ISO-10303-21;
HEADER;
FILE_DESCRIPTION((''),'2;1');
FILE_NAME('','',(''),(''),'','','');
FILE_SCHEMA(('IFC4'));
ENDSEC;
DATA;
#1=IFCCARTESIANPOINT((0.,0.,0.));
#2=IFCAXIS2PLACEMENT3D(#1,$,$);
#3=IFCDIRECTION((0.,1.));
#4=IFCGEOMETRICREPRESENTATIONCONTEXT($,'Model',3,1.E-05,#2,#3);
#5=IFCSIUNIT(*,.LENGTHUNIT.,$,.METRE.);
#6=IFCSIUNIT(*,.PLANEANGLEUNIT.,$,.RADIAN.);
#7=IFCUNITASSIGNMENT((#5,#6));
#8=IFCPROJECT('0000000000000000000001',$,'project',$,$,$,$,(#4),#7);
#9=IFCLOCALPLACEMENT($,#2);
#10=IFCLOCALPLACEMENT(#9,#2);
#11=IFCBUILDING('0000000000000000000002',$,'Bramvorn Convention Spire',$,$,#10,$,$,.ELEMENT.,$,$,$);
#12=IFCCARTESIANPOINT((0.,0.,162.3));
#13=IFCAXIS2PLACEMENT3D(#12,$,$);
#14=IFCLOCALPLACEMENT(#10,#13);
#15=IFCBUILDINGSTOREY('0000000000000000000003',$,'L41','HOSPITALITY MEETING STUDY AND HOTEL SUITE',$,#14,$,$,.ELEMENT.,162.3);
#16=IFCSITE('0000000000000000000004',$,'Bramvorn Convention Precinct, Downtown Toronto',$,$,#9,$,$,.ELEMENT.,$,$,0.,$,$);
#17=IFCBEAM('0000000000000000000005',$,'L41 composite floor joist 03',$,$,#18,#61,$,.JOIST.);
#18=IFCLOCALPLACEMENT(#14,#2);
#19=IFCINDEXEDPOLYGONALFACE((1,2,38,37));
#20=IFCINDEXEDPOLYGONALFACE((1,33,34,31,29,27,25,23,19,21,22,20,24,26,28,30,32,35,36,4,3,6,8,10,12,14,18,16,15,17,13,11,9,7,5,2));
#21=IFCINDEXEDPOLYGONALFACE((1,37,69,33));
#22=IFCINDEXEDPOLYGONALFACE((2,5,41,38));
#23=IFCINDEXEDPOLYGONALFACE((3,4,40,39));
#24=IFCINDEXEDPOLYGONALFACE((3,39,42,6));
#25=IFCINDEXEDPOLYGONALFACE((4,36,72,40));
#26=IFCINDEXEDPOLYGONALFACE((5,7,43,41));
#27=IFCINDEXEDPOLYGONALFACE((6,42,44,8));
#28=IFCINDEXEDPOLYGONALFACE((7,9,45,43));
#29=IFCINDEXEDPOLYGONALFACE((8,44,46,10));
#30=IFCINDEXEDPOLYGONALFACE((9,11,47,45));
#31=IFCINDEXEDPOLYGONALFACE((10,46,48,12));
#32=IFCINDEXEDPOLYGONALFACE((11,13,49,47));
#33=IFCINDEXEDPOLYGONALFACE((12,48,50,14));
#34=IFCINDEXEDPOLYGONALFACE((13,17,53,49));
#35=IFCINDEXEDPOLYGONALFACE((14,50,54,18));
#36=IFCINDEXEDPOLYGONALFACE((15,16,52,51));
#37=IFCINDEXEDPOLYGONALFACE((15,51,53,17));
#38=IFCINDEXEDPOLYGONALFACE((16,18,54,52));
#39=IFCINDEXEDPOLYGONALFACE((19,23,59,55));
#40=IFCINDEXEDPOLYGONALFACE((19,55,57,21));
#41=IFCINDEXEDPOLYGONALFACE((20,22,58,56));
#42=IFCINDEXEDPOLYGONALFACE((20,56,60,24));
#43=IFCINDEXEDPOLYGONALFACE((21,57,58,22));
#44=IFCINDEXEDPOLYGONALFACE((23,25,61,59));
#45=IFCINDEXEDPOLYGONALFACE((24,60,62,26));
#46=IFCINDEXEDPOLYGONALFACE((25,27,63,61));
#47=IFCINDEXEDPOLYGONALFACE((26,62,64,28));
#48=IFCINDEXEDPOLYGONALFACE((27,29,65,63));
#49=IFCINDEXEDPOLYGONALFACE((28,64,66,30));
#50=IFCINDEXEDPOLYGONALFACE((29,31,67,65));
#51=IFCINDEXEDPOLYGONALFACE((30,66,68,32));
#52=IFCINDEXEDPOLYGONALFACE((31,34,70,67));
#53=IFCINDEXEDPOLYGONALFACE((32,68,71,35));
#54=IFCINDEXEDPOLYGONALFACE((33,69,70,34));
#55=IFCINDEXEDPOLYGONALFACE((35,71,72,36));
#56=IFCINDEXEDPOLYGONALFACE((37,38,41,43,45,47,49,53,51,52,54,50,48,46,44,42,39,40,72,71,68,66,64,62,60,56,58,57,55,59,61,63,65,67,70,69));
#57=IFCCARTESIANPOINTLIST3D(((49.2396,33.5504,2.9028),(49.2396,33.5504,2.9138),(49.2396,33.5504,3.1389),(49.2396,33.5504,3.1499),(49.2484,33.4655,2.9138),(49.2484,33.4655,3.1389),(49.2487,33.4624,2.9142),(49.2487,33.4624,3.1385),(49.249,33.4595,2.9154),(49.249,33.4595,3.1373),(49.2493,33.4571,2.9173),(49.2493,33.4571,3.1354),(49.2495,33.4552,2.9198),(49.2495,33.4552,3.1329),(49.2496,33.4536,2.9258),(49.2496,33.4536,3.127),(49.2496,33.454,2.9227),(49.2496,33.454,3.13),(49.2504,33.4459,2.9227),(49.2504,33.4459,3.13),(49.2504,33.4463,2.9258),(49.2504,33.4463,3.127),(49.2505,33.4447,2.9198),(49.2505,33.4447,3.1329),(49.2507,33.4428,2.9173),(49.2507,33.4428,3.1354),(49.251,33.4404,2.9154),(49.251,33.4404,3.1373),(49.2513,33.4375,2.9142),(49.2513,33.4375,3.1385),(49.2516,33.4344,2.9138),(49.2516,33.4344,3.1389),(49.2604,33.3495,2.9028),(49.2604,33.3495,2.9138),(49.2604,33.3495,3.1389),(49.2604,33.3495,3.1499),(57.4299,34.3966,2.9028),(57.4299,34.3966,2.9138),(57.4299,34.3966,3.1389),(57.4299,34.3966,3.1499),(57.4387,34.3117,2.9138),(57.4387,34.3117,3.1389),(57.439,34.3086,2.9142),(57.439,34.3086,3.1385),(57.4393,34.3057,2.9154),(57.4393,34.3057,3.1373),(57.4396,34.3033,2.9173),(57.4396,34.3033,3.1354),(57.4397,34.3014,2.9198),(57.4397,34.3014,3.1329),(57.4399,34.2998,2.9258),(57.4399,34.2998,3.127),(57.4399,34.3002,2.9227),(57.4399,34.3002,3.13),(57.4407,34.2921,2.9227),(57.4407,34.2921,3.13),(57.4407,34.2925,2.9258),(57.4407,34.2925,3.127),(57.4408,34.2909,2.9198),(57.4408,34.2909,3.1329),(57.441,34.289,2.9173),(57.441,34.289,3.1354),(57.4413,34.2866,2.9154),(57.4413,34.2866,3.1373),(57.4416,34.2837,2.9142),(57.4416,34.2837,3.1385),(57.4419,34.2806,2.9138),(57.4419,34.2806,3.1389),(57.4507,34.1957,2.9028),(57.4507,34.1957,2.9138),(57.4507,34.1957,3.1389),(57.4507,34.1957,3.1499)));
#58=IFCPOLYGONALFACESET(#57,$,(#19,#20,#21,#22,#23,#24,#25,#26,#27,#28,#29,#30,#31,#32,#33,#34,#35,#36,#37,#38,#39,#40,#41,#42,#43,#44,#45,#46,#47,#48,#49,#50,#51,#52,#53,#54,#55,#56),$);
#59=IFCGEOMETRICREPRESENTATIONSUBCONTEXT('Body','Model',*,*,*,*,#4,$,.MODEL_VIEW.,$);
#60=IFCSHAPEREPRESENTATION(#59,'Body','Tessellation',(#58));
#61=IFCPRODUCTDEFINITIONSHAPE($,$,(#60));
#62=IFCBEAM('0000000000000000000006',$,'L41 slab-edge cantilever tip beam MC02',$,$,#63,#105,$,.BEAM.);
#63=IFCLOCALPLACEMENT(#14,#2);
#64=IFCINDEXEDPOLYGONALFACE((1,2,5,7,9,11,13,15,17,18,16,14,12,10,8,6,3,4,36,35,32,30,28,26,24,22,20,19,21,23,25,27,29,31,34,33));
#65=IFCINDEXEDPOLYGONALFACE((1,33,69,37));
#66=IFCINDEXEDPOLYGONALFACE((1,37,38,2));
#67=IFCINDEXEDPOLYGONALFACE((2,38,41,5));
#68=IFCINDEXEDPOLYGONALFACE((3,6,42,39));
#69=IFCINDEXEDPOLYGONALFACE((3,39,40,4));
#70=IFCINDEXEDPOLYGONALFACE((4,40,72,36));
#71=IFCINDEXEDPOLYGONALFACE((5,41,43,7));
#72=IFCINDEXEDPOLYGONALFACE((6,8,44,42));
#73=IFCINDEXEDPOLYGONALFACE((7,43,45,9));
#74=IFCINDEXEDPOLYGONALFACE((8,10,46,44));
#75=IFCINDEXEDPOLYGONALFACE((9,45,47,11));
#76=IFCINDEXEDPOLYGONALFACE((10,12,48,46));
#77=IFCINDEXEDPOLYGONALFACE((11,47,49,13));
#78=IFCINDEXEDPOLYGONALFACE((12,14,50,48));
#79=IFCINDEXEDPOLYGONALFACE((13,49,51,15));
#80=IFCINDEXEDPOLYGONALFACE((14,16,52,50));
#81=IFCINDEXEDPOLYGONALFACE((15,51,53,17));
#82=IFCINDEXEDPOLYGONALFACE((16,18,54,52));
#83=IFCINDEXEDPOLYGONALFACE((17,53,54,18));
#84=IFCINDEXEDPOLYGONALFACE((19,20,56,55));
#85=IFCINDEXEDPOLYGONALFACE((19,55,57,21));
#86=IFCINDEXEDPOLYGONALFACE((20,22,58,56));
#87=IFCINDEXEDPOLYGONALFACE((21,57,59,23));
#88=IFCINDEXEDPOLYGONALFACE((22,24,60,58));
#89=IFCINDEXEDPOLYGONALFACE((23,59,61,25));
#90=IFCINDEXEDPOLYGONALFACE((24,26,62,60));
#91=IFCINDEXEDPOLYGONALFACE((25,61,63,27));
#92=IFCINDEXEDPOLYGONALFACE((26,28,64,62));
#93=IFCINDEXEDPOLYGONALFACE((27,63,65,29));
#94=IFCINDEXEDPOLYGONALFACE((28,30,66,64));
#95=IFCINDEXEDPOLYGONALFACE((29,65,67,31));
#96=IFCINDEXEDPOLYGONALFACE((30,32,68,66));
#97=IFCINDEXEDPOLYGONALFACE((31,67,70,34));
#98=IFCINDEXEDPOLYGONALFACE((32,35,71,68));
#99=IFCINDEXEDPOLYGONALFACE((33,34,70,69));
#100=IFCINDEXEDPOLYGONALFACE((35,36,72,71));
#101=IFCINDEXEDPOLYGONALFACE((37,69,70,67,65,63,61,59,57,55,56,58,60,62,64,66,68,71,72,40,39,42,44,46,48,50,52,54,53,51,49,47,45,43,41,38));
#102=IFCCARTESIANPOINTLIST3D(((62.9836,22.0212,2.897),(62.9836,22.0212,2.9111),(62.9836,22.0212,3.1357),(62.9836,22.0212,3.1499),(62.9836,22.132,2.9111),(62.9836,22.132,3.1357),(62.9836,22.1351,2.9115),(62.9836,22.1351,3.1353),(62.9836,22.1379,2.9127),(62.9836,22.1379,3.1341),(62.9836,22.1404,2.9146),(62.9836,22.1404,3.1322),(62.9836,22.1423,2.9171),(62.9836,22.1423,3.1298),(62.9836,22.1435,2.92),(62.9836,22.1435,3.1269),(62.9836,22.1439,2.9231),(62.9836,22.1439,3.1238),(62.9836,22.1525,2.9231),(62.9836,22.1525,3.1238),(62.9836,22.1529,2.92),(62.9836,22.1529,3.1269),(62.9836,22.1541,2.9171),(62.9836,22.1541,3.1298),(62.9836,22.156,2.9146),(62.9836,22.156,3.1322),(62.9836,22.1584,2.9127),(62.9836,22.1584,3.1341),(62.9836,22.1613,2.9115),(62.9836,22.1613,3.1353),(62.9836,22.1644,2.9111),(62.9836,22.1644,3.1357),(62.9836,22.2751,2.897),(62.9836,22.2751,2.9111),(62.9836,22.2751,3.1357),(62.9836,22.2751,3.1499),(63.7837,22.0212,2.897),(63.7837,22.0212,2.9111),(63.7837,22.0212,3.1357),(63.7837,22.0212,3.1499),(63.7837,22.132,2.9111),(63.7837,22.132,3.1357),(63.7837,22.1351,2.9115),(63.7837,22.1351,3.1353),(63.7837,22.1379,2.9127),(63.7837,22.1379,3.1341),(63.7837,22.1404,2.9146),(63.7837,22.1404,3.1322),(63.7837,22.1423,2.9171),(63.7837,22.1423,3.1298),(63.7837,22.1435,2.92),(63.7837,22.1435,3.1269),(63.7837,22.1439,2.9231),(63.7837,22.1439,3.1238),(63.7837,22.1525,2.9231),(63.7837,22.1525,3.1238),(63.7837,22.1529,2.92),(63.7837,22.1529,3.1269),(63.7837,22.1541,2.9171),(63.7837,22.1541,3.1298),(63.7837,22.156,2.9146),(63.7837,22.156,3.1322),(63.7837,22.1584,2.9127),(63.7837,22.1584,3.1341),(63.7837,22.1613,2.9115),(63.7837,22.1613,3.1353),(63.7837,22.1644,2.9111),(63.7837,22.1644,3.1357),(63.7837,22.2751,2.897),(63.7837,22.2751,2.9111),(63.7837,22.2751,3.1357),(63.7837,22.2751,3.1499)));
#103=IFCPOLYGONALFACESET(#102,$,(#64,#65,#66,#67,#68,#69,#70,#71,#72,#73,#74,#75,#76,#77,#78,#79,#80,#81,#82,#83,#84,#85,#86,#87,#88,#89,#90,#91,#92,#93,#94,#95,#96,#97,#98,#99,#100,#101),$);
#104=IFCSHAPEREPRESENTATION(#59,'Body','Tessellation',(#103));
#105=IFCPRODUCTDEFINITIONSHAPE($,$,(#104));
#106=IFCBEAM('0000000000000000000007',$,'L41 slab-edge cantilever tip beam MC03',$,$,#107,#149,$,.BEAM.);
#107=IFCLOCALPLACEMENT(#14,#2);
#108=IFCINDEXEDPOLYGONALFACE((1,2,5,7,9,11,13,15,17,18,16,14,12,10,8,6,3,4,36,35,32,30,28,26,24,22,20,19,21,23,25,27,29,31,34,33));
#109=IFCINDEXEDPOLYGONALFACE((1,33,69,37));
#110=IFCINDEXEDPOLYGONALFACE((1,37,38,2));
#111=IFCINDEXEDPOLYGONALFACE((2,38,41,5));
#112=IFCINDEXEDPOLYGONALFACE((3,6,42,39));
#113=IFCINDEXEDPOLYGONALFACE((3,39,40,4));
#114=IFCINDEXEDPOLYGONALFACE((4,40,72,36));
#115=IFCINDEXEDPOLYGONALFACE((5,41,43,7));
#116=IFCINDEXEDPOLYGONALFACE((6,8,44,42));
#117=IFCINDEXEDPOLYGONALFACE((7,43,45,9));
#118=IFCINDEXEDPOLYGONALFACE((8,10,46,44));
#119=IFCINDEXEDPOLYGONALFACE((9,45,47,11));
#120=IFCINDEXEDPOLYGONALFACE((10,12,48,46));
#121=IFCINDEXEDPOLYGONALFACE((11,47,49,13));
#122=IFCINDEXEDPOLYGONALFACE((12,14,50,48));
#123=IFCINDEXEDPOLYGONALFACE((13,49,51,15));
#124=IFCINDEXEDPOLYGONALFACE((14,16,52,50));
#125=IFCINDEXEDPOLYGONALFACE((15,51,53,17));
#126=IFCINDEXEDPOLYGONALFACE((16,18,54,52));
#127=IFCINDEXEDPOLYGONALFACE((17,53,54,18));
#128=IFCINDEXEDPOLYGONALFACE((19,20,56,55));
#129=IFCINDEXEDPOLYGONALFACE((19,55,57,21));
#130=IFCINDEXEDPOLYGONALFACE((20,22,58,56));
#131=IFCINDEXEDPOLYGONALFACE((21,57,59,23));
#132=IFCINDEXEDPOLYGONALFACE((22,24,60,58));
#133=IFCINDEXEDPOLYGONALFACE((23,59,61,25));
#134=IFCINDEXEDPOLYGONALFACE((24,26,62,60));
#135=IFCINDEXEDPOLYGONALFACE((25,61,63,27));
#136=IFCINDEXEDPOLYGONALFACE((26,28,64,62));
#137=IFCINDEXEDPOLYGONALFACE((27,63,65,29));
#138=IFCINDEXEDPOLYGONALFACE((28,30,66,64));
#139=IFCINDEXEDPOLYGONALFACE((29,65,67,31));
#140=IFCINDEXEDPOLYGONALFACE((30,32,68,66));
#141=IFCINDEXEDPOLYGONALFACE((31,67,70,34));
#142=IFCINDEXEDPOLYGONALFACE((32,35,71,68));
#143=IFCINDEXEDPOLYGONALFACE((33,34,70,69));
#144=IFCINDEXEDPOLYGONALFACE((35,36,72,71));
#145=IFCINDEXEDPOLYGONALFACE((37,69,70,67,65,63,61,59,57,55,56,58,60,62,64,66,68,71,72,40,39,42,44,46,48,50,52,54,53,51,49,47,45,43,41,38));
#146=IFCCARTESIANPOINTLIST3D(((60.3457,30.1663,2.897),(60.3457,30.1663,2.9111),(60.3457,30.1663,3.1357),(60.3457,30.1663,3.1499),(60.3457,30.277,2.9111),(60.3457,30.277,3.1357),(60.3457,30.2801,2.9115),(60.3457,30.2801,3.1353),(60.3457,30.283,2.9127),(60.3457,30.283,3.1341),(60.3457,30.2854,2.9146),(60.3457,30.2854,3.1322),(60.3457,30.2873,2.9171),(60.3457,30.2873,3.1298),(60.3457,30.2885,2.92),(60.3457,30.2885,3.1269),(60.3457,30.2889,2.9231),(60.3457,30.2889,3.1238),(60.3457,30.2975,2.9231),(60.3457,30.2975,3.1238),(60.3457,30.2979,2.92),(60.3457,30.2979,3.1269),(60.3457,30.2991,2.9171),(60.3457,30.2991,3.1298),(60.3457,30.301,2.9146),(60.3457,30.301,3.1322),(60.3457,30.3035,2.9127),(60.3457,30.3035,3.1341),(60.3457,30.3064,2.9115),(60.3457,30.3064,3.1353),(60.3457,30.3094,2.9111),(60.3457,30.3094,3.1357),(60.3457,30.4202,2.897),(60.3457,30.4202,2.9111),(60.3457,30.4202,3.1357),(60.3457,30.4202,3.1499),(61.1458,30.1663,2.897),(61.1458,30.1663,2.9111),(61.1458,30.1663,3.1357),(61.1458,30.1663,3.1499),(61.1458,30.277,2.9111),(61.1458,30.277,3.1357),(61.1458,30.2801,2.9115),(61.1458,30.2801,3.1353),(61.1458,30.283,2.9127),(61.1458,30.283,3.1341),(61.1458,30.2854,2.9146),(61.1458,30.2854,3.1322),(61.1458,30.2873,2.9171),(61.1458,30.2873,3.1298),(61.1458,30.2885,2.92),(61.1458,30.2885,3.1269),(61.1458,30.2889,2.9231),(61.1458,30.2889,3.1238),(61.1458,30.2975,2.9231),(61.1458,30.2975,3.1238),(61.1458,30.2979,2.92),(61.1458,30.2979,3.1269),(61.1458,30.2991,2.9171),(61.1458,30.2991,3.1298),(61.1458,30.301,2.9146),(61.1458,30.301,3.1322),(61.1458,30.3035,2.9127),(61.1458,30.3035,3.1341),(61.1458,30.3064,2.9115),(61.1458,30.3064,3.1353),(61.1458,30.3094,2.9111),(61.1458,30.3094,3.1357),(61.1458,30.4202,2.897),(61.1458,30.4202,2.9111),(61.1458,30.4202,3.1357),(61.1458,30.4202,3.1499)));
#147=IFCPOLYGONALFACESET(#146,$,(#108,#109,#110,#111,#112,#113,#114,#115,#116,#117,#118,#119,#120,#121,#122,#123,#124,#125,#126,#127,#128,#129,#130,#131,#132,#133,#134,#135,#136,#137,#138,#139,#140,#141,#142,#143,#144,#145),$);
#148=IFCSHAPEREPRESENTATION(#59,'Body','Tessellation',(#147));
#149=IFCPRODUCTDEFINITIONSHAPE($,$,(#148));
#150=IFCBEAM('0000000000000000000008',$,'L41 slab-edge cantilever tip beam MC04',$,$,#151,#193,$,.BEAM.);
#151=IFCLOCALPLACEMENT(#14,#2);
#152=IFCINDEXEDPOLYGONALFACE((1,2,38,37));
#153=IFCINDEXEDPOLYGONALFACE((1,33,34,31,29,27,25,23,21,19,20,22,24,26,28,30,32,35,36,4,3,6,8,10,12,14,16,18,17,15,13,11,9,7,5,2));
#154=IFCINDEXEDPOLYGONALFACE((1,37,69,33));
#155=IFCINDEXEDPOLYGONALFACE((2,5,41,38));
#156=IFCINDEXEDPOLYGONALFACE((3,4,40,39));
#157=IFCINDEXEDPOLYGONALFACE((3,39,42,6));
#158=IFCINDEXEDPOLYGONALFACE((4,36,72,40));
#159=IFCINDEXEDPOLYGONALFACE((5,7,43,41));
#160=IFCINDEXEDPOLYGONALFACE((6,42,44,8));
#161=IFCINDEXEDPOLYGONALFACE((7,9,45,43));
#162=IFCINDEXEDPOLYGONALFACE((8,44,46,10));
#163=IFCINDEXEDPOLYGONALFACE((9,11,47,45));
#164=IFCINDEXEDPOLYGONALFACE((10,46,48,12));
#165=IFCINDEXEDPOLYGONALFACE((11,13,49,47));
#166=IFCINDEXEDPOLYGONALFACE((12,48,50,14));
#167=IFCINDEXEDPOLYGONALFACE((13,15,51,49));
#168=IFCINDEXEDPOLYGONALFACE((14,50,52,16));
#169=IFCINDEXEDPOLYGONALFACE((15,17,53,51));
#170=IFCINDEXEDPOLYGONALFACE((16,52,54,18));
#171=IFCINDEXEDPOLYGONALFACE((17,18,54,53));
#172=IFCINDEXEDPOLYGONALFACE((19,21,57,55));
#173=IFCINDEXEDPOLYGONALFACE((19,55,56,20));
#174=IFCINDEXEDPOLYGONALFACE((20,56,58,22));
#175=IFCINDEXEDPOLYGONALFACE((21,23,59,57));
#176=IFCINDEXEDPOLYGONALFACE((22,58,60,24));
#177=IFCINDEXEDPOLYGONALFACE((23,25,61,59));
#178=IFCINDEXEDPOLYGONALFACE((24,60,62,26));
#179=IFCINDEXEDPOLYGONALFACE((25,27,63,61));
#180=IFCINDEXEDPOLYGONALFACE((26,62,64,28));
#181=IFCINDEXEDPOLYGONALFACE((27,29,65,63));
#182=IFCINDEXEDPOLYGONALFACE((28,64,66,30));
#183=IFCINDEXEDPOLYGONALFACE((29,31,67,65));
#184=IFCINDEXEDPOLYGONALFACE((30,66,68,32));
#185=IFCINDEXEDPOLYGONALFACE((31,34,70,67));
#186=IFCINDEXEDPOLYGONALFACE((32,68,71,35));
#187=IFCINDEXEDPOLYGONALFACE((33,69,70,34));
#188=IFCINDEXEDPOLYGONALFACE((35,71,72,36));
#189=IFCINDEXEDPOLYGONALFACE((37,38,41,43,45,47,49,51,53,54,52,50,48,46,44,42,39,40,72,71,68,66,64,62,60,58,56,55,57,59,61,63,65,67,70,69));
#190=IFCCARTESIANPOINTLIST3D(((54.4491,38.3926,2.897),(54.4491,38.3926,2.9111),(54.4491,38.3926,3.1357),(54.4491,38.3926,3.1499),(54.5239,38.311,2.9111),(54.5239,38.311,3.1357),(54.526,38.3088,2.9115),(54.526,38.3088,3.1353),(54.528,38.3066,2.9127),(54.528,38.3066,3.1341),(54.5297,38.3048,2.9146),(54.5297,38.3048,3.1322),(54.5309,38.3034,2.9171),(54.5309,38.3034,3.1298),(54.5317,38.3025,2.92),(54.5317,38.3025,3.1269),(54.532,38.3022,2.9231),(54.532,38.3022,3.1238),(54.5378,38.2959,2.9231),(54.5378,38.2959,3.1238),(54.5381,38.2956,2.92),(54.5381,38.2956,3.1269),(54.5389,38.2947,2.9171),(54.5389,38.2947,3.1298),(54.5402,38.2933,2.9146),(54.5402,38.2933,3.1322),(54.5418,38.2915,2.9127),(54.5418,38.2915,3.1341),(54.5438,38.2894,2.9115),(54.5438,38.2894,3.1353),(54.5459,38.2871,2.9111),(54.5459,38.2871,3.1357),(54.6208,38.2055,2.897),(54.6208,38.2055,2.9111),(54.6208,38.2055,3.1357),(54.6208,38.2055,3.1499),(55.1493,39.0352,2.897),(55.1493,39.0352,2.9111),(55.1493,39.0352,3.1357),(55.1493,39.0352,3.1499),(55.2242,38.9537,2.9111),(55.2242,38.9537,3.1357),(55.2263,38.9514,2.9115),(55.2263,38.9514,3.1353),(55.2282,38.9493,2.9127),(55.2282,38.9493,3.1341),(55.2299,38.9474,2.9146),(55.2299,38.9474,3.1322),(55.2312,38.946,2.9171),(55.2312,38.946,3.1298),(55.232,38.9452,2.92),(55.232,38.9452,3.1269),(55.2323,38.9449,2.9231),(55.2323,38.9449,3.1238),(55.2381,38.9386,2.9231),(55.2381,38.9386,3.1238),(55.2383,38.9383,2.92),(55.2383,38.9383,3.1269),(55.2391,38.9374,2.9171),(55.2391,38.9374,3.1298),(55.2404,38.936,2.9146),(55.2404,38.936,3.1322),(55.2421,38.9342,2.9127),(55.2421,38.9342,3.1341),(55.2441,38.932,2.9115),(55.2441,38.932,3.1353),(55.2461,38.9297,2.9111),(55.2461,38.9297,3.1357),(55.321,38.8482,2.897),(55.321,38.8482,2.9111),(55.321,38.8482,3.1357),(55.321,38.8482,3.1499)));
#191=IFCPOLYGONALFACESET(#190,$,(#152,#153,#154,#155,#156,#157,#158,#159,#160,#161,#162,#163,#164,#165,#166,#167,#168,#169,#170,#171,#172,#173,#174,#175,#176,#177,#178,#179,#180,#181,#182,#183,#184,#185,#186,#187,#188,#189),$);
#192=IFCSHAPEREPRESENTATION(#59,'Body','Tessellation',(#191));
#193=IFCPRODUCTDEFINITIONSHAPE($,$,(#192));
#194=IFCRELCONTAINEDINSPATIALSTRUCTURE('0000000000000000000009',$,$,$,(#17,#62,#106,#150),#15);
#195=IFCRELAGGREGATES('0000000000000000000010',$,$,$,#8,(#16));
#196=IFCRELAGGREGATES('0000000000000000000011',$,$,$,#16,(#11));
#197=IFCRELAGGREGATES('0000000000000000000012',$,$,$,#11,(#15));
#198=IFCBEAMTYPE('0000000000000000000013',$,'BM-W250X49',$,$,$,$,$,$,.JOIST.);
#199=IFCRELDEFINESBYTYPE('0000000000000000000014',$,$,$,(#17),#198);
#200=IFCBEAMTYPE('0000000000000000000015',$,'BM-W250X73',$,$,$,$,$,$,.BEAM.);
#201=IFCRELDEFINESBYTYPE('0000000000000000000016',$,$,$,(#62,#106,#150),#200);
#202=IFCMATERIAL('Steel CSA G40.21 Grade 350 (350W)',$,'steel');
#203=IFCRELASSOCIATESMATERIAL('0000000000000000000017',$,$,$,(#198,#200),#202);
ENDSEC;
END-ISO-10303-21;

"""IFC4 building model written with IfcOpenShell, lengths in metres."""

from ifc_helpers import new_model, si_unit, direction, frame, origin, origin_2d, place, context, subcontext, project, spatial, i_section, extrude, material, material_profile, profile_set, type_object, element, save


model = new_model("IFC4")

# Units and contexts
model_context = context("Model", 3, precision=1e-05, world=origin(), true_north=direction((0.0, 1.0)))
body_context = subcontext(model_context, "Body", "Model", "MODEL_VIEW")
ifc_project = project(units=[si_unit("LENGTHUNIT", "METRE"), si_unit("PLANEANGLEUNIT", "RADIAN")], contexts=[model_context])

# Site, building, storey
site_placement = place(None, origin())
site = spatial("IfcSite", under=ifc_project, at=site_placement, Name="Bramvorn Convention Precinct, Downtown Toronto", CompositionType="ELEMENT", RefElevation=0.0)
building_placement = place(site_placement, origin())
building = spatial("IfcBuilding", under=site, at=building_placement, Name="Bramvorn Convention Spire", CompositionType="ELEMENT")
storey_placement = place(building_placement, frame((0.0, 0.0, 162.3)))
storey = spatial("IfcBuildingStorey", under=building, at=storey_placement, Name="L41", Description="HOSPITALITY MEETING STUDY AND HOTEL SUITE", CompositionType="ELEMENT", Elevation=162.3)

# Shared definitions
ifc_material_1 = material(Name="Steel CSA G40.21 Grade 350 (350W)", Category="steel")

# Beams
ifc_material_profile_1 = material_profile(ifc_material_1, i_section(OverallWidth=0.2019, OverallDepth=0.2471, WebThickness=0.0073, FlangeThickness=0.011, FilletRadius=0.012, at=origin_2d()))
ifc_profile_set_1 = profile_set([ifc_material_profile_1], Name="Steel CSA G40.21 Grade 350 (350W) - W250X49")
beam_type_1 = type_object("IfcBeamType", Name="BM-W250X49", PredefinedType="JOIST", material=ifc_profile_set_1)
beam_1_placement = place(storey_placement, frame((49.25, 33.45, 3.0264), z_axis=(0.994705, 0.102771, 0.0), x_axis=(-0.102771, 0.994705, 0.0)))
element("IfcBeam", 1, at=beam_1_placement, inside=storey, type_object=beam_type_1, Name="L41 composite floor joist 03", PredefinedType="JOIST", context=body_context, shape_type="SweptSolid", body=[
    extrude(i_section(OverallWidth=0.2019, OverallDepth=0.2471, WebThickness=0.0073, FlangeThickness=0.011, FilletRadius=0.012, at=origin_2d()), origin(), (0.0, 0.0, 1.0), 8.2339),
])
ifc_material_profile_2 = material_profile(ifc_material_1, i_section(OverallWidth=0.2539, OverallDepth=0.2529, WebThickness=0.0085, FlangeThickness=0.0142, FilletRadius=0.012, at=origin_2d()))
ifc_profile_set_2 = profile_set([ifc_material_profile_2], Name="Steel CSA G40.21 Grade 350 (350W) - W250X73")
beam_type_2 = type_object("IfcBeamType", Name="BM-W250X73", PredefinedType="BEAM", material=ifc_profile_set_2)
for number, where, z_axis, x_axis, name in (
    (2, (62.9836, 22.1482, 3.0234), (1.0, 0.0, 0.0), (0.0, 1.0, 0.0), "L41 slab-edge cantilever tip beam MC02"),
    (3, (60.3457, 30.2932, 3.0234), (1.0, 0.0, 0.0), (0.0, 1.0, 0.0), "L41 slab-edge cantilever tip beam MC03"),
):
    element("IfcBeam", number, at=place(storey_placement, frame(where, z_axis=z_axis, x_axis=x_axis)), inside=storey, type_object=beam_type_2, Name=name, PredefinedType="BEAM", context=body_context, shape_type="SweptSolid", body=[
        extrude(i_section(OverallWidth=0.2539, OverallDepth=0.2529, WebThickness=0.0085, FlangeThickness=0.0142, FilletRadius=0.012, at=origin_2d()), origin(), (0.0, 0.0, 1.0), 0.8),
    ])
beam_2_placement = place(storey_placement, frame((54.5349, 38.2991, 3.0234), z_axis=(0.73677, 0.676143, 0.0), x_axis=(-0.676143, 0.73677, 0.0)))
element("IfcBeam", 4, at=beam_2_placement, inside=storey, type_object=beam_type_2, Name="L41 slab-edge cantilever tip beam MC04", PredefinedType="BEAM", context=body_context, shape_type="SweptSolid", body=[
    extrude(i_section(OverallWidth=0.2539, OverallDepth=0.2529, WebThickness=0.0085, FlangeThickness=0.0142, FilletRadius=0.012, at=origin_2d()), origin(), (0.0, 0.0, 1.0), 0.9504),
])

save(model, "model.ifc")
